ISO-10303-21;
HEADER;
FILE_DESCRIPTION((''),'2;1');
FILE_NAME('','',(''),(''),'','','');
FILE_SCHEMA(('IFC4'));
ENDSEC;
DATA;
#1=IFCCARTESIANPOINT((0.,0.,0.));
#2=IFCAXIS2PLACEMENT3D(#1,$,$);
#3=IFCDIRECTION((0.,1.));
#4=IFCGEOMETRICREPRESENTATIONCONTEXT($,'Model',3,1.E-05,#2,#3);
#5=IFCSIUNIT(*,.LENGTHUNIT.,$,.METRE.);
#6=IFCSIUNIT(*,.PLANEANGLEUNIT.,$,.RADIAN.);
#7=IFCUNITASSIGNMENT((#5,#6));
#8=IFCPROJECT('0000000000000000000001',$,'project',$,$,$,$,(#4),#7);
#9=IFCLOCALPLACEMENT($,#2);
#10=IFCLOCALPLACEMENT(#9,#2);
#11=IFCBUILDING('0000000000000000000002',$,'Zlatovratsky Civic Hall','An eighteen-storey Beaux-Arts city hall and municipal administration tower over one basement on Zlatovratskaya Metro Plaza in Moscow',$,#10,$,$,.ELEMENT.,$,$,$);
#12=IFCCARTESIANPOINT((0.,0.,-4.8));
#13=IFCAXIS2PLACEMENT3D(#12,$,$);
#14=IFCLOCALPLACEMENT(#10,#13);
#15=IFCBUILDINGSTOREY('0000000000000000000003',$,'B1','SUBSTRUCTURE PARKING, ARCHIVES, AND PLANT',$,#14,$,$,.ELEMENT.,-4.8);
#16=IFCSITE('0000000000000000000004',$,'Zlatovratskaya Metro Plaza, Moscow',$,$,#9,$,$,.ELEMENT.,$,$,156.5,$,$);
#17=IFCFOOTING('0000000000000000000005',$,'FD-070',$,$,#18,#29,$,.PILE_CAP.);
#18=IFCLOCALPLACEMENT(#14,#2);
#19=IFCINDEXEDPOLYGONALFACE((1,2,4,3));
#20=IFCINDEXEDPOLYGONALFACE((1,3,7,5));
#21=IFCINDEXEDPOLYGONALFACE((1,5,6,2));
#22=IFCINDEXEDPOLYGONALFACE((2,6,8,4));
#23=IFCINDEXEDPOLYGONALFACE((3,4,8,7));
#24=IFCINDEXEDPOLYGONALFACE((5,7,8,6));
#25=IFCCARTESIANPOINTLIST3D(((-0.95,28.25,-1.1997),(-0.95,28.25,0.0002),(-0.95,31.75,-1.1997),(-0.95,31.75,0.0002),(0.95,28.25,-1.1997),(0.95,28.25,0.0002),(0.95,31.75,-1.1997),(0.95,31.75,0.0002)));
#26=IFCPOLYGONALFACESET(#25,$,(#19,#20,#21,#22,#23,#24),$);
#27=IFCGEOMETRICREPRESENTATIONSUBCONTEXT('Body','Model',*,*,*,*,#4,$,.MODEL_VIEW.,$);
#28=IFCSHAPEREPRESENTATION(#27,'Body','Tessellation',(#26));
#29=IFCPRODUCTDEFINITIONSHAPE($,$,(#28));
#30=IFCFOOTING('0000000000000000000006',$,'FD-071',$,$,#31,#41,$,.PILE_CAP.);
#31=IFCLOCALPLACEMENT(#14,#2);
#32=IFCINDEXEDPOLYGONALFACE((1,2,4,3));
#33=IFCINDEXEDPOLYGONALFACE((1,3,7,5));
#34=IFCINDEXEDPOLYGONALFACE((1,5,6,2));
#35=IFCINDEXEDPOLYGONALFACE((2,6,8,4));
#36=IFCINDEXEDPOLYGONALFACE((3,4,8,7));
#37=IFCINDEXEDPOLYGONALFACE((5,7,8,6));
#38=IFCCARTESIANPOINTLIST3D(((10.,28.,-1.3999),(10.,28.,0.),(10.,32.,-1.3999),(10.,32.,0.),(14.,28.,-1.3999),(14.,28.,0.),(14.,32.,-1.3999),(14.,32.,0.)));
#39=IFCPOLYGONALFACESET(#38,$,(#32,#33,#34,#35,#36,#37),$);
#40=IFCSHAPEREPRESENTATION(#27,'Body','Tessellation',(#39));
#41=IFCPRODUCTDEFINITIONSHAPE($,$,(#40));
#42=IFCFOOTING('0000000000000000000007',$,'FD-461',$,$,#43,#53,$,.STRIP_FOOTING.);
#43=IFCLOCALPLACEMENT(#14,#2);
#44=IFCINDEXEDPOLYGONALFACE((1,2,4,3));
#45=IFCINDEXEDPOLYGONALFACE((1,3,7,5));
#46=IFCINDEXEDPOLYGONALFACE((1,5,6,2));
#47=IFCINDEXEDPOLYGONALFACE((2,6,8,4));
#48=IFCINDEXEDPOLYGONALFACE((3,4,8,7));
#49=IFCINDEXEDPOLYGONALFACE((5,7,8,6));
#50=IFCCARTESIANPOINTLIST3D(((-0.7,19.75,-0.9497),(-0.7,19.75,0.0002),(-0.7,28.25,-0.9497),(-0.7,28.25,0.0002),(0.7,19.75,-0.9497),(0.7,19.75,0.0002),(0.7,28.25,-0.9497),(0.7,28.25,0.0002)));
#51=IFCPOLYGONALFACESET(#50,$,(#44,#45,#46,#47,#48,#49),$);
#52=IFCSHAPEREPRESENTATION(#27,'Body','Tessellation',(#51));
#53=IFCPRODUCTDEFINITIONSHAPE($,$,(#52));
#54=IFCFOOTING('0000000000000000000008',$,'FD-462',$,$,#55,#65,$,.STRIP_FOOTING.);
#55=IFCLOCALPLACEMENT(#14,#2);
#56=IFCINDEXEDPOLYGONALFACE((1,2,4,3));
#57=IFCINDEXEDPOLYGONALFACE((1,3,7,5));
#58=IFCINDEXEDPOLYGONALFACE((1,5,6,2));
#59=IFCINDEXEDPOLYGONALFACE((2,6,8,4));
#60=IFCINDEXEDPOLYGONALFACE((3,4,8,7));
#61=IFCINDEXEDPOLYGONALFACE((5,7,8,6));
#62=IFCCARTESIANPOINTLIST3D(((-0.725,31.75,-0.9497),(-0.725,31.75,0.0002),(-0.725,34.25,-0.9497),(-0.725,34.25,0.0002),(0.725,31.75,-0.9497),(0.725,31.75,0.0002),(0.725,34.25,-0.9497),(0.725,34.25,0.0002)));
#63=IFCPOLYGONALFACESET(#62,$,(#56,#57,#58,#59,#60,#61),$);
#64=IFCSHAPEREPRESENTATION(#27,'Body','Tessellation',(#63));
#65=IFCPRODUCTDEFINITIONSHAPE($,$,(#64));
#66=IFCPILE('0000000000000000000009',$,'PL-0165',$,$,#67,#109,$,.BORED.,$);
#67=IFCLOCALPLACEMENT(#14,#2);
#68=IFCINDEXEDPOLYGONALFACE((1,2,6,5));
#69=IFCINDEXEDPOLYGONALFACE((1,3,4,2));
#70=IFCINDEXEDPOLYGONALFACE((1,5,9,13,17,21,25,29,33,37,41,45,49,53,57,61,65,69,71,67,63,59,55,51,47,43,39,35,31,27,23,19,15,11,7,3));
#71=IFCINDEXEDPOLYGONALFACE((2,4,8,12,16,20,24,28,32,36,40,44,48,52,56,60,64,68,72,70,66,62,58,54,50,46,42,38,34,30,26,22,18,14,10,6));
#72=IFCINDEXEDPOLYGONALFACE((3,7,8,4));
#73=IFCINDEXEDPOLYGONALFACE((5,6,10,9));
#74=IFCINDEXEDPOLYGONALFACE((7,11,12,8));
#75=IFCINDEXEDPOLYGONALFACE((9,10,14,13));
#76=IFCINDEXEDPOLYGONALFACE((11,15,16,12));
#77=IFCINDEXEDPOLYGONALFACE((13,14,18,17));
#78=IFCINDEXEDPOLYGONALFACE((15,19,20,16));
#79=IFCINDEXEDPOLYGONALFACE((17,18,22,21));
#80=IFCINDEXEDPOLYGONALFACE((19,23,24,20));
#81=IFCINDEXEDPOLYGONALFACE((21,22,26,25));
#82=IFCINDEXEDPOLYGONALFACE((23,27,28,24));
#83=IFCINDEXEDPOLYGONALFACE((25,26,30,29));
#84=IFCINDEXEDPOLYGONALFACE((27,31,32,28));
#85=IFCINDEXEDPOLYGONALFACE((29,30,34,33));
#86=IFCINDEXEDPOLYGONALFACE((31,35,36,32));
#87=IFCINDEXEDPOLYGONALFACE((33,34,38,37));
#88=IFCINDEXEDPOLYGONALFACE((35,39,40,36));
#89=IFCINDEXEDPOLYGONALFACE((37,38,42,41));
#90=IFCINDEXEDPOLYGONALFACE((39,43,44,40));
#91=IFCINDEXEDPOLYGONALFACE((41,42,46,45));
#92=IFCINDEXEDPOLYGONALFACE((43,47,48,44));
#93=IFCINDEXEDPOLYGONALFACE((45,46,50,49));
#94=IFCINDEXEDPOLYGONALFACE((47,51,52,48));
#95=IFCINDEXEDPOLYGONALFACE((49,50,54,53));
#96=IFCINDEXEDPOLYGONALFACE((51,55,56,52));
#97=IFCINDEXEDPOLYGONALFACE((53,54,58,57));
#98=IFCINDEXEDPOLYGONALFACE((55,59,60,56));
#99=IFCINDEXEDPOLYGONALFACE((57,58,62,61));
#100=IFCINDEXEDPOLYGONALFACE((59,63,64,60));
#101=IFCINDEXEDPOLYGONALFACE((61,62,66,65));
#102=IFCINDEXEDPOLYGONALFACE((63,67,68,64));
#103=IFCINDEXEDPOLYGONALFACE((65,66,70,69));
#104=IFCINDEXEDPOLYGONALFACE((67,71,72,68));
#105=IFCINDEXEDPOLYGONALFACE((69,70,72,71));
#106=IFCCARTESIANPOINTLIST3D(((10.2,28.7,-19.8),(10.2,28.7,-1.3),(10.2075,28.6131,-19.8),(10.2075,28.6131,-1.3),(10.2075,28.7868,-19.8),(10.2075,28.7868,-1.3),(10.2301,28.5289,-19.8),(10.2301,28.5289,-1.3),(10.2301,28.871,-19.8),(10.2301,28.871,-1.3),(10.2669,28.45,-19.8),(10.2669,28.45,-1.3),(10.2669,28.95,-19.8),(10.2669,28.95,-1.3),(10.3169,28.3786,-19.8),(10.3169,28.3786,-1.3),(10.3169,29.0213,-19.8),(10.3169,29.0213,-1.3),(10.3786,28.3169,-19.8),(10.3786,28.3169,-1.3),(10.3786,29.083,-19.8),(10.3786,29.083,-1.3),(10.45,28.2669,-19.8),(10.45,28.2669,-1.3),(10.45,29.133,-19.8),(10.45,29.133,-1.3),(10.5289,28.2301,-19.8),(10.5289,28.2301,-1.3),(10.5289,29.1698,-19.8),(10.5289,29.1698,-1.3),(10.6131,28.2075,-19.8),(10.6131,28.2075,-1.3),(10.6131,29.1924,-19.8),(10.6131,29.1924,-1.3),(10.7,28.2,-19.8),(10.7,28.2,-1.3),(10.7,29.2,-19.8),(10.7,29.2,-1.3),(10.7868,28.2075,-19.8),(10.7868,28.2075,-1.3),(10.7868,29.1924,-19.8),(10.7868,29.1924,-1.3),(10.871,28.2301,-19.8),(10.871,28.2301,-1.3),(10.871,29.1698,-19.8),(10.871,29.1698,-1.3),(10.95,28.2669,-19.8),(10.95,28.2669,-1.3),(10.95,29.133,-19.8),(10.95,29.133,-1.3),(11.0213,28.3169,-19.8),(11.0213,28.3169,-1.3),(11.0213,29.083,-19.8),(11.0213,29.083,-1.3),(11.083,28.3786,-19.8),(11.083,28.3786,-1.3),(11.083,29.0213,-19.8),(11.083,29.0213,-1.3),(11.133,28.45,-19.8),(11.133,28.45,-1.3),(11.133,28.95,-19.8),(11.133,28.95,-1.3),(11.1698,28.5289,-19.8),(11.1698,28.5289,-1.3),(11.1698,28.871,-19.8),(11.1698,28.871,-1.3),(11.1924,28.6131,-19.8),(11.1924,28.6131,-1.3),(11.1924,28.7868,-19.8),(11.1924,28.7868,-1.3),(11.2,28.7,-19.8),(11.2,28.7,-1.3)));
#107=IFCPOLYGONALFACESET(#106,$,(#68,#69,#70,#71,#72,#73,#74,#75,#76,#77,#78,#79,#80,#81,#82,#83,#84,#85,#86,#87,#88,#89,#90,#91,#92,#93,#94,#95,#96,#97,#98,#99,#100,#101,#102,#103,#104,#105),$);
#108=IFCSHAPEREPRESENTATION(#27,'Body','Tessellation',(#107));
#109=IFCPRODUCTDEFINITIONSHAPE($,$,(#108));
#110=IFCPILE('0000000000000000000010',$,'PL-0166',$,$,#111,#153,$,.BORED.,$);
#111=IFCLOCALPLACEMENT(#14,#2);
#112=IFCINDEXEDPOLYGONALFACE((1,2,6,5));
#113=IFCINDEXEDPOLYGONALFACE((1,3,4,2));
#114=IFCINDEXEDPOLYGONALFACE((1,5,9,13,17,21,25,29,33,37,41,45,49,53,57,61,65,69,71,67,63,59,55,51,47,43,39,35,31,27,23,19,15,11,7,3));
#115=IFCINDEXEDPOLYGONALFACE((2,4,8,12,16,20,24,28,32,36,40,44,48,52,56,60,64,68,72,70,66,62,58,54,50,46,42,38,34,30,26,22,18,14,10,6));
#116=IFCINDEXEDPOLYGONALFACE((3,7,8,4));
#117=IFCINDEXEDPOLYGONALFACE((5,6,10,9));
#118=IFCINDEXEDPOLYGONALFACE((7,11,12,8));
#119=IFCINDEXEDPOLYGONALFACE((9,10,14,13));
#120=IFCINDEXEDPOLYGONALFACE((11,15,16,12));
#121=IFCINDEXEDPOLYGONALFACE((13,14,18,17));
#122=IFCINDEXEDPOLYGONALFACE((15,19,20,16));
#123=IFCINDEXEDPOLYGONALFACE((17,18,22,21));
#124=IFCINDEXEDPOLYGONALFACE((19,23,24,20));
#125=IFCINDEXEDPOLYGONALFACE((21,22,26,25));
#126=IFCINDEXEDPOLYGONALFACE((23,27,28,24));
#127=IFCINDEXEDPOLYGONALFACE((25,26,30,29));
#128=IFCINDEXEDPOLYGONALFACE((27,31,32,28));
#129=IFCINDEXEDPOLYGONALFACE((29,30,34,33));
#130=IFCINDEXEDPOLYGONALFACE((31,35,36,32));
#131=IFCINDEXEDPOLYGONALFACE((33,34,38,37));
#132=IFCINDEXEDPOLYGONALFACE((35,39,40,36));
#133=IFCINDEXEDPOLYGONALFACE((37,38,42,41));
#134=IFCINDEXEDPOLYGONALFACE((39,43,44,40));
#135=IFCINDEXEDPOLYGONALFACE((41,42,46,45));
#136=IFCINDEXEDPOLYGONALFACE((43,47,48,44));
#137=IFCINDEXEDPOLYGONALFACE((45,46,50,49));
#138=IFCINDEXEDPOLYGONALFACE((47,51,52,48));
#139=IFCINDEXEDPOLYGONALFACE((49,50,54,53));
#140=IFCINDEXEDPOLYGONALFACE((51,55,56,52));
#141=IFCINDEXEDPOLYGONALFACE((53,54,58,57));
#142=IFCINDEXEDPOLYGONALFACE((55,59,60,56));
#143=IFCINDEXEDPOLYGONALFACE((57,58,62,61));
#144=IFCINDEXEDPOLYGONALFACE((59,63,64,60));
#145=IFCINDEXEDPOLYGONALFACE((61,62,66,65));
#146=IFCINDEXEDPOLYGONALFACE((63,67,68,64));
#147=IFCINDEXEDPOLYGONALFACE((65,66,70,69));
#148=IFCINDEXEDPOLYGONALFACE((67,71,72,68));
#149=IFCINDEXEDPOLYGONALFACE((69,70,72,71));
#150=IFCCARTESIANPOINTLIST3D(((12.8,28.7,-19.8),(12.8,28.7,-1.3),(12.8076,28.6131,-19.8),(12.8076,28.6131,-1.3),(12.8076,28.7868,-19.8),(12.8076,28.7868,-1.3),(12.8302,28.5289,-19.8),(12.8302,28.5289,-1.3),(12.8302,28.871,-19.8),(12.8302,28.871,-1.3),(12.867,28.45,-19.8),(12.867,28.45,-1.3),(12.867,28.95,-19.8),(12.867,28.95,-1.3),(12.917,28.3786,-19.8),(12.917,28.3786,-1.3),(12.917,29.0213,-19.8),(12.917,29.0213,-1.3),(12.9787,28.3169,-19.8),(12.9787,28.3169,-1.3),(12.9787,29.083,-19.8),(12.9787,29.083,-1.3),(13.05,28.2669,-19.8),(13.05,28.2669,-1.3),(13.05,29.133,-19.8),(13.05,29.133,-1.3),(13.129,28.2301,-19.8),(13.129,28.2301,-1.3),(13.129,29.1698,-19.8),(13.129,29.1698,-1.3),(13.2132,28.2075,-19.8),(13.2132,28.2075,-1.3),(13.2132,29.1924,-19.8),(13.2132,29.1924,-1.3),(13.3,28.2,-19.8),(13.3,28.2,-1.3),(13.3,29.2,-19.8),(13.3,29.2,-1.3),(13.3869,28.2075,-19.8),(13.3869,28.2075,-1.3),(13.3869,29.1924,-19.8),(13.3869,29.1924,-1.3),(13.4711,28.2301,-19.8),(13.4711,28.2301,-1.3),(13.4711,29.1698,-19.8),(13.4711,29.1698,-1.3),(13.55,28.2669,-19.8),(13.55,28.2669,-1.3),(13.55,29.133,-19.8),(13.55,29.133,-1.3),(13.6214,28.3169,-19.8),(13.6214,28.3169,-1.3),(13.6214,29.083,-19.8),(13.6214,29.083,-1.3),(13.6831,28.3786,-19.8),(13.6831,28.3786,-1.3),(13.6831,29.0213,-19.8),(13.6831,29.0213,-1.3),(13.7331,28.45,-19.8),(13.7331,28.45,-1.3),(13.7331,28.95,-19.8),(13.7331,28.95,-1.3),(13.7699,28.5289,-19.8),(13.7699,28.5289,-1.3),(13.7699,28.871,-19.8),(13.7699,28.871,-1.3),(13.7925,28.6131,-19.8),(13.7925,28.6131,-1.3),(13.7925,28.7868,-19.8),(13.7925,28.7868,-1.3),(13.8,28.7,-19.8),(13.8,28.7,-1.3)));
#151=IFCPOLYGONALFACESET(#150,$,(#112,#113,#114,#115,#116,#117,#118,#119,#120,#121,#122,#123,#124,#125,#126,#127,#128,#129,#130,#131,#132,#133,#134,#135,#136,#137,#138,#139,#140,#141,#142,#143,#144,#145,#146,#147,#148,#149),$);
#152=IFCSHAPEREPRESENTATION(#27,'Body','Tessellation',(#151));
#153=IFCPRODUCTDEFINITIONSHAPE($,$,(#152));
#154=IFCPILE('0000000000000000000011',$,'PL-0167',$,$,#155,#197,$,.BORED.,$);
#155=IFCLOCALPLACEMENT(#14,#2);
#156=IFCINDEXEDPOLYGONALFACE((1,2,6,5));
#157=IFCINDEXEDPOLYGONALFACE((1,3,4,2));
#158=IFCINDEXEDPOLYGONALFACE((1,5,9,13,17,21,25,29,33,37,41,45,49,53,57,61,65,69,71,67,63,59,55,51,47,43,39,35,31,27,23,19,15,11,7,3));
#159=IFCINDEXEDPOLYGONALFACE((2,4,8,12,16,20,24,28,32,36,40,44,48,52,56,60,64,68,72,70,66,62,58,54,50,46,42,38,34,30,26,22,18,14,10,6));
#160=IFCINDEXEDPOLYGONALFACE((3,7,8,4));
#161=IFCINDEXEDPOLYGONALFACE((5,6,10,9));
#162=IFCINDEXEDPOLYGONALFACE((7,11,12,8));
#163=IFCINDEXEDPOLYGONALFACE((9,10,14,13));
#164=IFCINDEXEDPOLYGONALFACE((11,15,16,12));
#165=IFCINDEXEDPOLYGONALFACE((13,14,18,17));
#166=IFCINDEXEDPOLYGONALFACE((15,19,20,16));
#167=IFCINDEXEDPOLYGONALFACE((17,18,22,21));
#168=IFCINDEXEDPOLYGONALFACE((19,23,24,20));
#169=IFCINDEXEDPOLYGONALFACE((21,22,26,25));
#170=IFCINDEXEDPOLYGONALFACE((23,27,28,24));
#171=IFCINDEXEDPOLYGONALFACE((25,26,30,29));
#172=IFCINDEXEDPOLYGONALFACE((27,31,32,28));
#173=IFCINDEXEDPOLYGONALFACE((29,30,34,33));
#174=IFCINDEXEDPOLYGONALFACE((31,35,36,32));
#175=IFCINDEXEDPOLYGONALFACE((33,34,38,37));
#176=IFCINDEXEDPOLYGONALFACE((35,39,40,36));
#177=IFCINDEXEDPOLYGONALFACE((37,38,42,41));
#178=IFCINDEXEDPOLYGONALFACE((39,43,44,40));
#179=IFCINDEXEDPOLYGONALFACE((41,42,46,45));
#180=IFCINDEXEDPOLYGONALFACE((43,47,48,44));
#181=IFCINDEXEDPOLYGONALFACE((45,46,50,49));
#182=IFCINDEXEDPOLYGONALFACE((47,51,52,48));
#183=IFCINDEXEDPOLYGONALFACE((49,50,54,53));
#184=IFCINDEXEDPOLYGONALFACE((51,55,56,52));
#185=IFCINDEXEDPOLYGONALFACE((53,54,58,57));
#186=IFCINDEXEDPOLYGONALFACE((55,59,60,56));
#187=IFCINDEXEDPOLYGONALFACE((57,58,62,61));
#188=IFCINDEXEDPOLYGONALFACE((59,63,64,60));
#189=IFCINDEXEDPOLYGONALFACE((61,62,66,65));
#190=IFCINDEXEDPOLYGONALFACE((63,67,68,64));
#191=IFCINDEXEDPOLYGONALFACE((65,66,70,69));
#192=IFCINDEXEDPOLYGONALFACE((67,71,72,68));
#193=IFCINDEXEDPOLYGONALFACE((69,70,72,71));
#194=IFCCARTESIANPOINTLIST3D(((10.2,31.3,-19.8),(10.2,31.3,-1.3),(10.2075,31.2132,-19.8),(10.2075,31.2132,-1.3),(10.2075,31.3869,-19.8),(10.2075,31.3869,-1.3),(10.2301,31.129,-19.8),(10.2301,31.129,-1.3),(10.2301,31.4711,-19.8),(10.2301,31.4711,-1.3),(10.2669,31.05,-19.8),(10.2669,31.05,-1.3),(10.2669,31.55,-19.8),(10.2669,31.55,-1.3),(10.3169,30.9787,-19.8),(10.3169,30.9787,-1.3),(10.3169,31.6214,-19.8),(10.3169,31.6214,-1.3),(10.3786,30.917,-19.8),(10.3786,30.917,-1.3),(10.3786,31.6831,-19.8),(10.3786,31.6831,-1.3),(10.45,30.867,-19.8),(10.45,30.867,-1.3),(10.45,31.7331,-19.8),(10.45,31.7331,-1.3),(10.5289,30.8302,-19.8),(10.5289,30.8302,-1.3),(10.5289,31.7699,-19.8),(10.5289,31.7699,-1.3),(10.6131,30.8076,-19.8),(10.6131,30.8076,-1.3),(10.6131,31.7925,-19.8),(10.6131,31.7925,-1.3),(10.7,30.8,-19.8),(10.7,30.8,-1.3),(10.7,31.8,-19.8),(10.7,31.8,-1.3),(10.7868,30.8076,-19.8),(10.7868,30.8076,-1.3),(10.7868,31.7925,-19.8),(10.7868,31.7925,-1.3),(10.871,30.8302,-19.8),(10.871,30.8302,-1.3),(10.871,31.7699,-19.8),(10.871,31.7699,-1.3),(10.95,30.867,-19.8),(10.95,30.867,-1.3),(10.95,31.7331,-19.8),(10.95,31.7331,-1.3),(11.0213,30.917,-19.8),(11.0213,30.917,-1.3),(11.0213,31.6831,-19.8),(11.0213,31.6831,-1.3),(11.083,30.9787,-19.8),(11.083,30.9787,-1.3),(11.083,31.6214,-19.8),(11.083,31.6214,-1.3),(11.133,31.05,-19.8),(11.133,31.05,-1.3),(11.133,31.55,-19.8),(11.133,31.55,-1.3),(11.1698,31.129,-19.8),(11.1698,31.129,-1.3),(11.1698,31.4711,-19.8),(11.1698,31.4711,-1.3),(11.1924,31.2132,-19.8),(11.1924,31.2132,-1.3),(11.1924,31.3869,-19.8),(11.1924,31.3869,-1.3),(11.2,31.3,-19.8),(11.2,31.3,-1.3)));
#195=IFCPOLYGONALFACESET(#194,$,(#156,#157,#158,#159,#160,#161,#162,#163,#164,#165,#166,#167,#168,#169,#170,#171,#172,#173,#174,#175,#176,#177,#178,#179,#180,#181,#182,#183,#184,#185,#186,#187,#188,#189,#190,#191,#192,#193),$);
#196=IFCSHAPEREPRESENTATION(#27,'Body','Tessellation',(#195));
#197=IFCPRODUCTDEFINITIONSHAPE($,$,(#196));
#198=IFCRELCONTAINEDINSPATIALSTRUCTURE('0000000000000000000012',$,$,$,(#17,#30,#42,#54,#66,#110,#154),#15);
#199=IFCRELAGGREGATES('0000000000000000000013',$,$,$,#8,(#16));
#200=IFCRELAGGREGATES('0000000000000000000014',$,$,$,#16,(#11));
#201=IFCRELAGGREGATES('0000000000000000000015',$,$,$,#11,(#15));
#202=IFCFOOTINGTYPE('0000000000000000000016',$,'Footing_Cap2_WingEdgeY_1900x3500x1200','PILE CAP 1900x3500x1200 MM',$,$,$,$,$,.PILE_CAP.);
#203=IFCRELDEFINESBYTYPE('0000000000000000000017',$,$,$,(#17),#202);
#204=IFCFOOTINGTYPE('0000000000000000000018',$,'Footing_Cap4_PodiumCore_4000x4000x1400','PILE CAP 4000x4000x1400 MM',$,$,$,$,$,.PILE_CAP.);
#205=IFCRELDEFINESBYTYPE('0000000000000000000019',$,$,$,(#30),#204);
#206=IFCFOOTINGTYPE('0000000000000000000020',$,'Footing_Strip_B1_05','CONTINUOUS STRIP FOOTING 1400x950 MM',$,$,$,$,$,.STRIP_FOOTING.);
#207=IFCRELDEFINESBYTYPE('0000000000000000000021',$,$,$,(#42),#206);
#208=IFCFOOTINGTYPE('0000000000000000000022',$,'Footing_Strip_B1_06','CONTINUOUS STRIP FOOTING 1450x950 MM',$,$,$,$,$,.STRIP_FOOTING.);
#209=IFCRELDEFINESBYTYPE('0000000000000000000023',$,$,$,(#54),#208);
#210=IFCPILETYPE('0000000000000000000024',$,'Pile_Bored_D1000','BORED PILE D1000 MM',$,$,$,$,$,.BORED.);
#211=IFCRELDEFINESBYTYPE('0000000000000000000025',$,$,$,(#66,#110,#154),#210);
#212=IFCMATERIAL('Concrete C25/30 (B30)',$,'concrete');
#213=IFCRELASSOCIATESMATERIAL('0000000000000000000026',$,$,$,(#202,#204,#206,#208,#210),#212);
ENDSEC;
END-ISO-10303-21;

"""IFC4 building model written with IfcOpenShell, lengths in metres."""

from ifc_helpers import new_model, si_unit, direction, frame, origin, origin_2d, place, context, subcontext, project, spatial, rectangle, circle, extrude, material, material_profile, profile_set, type_object, element, save


model = new_model("IFC4")

# Units and contexts
model_context = context("Model", 3, precision=1e-05, world=origin(), true_north=direction((0.0, 1.0)))
body_context = subcontext(model_context, "Body", "Model", "MODEL_VIEW")
ifc_project = project(units=[si_unit("LENGTHUNIT", "METRE"), si_unit("PLANEANGLEUNIT", "RADIAN")], contexts=[model_context])

# Site, building, storey
site_placement = place(None, origin())
site = spatial("IfcSite", under=ifc_project, at=site_placement, Name="Zlatovratskaya Metro Plaza, Moscow", CompositionType="ELEMENT", RefElevation=156.5)
building_placement = place(site_placement, origin())
building = spatial("IfcBuilding", under=site, at=building_placement, Name="Zlatovratsky Civic Hall", Description="An eighteen-storey Beaux-Arts city hall and municipal administration tower over one basement on Zlatovratskaya Metro Plaza in Moscow", CompositionType="ELEMENT")
storey_placement = place(building_placement, frame((0.0, 0.0, -4.8)))
storey = spatial("IfcBuildingStorey", under=building, at=storey_placement, Name="B1", Description="SUBSTRUCTURE PARKING, ARCHIVES, AND PLANT", CompositionType="ELEMENT", Elevation=-4.8)

# Footings
ifc_material_1 = material(Name="Concrete C25/30 (B30)", Category="concrete")
footing_type_1 = type_object("IfcFootingType", Name="Footing_Cap2_WingEdgeY_1900x3500x1200", Description="PILE CAP 1900x3500x1200 MM", PredefinedType="PILE_CAP", material=ifc_material_1)
footing_1_placement = place(storey_placement, frame((0.0, 30.0, -1.1997), z_axis=(0.0, 0.0, 1.0), x_axis=(1.0, 0.0, 0.0)))
element("IfcFooting", 1, at=footing_1_placement, inside=storey, type_object=footing_type_1, Name="FD-070", PredefinedType="PILE_CAP", context=body_context, shape_type="SweptSolid", body=[
    extrude(rectangle(XDim=1.8999, YDim=3.5, at=origin_2d()), origin(), (0.0, 0.0, 1.0), 1.2),
])
footing_type_2 = type_object("IfcFootingType", Name="Footing_Cap4_PodiumCore_4000x4000x1400", Description="PILE CAP 4000x4000x1400 MM", PredefinedType="PILE_CAP", material=ifc_material_1)
footing_2_placement = place(storey_placement, frame((12.0, 30.0, -1.3999), z_axis=(0.0, 0.0, 1.0), x_axis=(1.0, 0.0, 0.0)))
element("IfcFooting", 2, at=footing_2_placement, inside=storey, type_object=footing_type_2, Name="FD-071", PredefinedType="PILE_CAP", context=body_context, shape_type="SweptSolid", body=[
    extrude(rectangle(XDim=4.0, YDim=4.0, at=origin_2d()), origin(), (0.0, 0.0, 1.0), 1.3999),
])
footing_type_3 = type_object("IfcFootingType", Name="Footing_Strip_B1_05", Description="CONTINUOUS STRIP FOOTING 1400x950 MM", PredefinedType="STRIP_FOOTING", material=ifc_material_1)
footing_3_placement = place(storey_placement, frame((0.0, 24.0, -0.9497), z_axis=(0.0, 0.0, 1.0), x_axis=(1.0, 0.0, 0.0)))
element("IfcFooting", 3, at=footing_3_placement, inside=storey, type_object=footing_type_3, Name="FD-461", PredefinedType="STRIP_FOOTING", context=body_context, shape_type="SweptSolid", body=[
    extrude(rectangle(XDim=1.3999, YDim=8.5, at=origin_2d()), origin(), (0.0, 0.0, 1.0), 0.95),
])
footing_type_4 = type_object("IfcFootingType", Name="Footing_Strip_B1_06", Description="CONTINUOUS STRIP FOOTING 1450x950 MM", PredefinedType="STRIP_FOOTING", material=ifc_material_1)
footing_4_placement = place(storey_placement, frame((0.0, 33.0, -0.9497), z_axis=(0.0, 0.0, 1.0), x_axis=(1.0, 0.0, 0.0)))
element("IfcFooting", 4, at=footing_4_placement, inside=storey, type_object=footing_type_4, Name="FD-462", PredefinedType="STRIP_FOOTING", context=body_context, shape_type="SweptSolid", body=[
    extrude(rectangle(XDim=1.45, YDim=2.5, at=origin_2d()), origin(), (0.0, 0.0, 1.0), 0.95),
])

# Piles
ifc_material_profile_1 = material_profile(ifc_material_1, circle(Radius=0.5, at=origin_2d()), Name="PILE D1000")
ifc_profile_set_1 = profile_set([ifc_material_profile_1], Name="Concrete C25/30 (B30)")
pile_type_1 = type_object("IfcPileType", Name="Pile_Bored_D1000", Description="BORED PILE D1000 MM", PredefinedType="BORED", material=ifc_profile_set_1)
for number, where, z_axis, x_axis, name in (
    (5, (10.7, 28.7, -1.3), (0.0, 0.0, -1.0), (1.0, 0.0, 0.0), "PL-0165"),
    (6, (13.3, 28.7, -1.3), (0.0, 0.0, -1.0), (1.0, 0.0, 0.0), "PL-0166"),
    (7, (10.7, 31.3, -1.3), (0.0, 0.0, -1.0), (1.0, 0.0, 0.0), "PL-0167"),
):
    element("IfcPile", number, at=place(storey_placement, frame(where, z_axis=z_axis, x_axis=x_axis)), inside=storey, type_object=pile_type_1, Name=name, PredefinedType="BORED", context=body_context, shape_type="SweptSolid", body=[
        extrude(circle(Radius=0.5, at=origin_2d()), origin(), (0.0, 0.0, 1.0), 18.5),
    ])

save(model, "model.ifc")
